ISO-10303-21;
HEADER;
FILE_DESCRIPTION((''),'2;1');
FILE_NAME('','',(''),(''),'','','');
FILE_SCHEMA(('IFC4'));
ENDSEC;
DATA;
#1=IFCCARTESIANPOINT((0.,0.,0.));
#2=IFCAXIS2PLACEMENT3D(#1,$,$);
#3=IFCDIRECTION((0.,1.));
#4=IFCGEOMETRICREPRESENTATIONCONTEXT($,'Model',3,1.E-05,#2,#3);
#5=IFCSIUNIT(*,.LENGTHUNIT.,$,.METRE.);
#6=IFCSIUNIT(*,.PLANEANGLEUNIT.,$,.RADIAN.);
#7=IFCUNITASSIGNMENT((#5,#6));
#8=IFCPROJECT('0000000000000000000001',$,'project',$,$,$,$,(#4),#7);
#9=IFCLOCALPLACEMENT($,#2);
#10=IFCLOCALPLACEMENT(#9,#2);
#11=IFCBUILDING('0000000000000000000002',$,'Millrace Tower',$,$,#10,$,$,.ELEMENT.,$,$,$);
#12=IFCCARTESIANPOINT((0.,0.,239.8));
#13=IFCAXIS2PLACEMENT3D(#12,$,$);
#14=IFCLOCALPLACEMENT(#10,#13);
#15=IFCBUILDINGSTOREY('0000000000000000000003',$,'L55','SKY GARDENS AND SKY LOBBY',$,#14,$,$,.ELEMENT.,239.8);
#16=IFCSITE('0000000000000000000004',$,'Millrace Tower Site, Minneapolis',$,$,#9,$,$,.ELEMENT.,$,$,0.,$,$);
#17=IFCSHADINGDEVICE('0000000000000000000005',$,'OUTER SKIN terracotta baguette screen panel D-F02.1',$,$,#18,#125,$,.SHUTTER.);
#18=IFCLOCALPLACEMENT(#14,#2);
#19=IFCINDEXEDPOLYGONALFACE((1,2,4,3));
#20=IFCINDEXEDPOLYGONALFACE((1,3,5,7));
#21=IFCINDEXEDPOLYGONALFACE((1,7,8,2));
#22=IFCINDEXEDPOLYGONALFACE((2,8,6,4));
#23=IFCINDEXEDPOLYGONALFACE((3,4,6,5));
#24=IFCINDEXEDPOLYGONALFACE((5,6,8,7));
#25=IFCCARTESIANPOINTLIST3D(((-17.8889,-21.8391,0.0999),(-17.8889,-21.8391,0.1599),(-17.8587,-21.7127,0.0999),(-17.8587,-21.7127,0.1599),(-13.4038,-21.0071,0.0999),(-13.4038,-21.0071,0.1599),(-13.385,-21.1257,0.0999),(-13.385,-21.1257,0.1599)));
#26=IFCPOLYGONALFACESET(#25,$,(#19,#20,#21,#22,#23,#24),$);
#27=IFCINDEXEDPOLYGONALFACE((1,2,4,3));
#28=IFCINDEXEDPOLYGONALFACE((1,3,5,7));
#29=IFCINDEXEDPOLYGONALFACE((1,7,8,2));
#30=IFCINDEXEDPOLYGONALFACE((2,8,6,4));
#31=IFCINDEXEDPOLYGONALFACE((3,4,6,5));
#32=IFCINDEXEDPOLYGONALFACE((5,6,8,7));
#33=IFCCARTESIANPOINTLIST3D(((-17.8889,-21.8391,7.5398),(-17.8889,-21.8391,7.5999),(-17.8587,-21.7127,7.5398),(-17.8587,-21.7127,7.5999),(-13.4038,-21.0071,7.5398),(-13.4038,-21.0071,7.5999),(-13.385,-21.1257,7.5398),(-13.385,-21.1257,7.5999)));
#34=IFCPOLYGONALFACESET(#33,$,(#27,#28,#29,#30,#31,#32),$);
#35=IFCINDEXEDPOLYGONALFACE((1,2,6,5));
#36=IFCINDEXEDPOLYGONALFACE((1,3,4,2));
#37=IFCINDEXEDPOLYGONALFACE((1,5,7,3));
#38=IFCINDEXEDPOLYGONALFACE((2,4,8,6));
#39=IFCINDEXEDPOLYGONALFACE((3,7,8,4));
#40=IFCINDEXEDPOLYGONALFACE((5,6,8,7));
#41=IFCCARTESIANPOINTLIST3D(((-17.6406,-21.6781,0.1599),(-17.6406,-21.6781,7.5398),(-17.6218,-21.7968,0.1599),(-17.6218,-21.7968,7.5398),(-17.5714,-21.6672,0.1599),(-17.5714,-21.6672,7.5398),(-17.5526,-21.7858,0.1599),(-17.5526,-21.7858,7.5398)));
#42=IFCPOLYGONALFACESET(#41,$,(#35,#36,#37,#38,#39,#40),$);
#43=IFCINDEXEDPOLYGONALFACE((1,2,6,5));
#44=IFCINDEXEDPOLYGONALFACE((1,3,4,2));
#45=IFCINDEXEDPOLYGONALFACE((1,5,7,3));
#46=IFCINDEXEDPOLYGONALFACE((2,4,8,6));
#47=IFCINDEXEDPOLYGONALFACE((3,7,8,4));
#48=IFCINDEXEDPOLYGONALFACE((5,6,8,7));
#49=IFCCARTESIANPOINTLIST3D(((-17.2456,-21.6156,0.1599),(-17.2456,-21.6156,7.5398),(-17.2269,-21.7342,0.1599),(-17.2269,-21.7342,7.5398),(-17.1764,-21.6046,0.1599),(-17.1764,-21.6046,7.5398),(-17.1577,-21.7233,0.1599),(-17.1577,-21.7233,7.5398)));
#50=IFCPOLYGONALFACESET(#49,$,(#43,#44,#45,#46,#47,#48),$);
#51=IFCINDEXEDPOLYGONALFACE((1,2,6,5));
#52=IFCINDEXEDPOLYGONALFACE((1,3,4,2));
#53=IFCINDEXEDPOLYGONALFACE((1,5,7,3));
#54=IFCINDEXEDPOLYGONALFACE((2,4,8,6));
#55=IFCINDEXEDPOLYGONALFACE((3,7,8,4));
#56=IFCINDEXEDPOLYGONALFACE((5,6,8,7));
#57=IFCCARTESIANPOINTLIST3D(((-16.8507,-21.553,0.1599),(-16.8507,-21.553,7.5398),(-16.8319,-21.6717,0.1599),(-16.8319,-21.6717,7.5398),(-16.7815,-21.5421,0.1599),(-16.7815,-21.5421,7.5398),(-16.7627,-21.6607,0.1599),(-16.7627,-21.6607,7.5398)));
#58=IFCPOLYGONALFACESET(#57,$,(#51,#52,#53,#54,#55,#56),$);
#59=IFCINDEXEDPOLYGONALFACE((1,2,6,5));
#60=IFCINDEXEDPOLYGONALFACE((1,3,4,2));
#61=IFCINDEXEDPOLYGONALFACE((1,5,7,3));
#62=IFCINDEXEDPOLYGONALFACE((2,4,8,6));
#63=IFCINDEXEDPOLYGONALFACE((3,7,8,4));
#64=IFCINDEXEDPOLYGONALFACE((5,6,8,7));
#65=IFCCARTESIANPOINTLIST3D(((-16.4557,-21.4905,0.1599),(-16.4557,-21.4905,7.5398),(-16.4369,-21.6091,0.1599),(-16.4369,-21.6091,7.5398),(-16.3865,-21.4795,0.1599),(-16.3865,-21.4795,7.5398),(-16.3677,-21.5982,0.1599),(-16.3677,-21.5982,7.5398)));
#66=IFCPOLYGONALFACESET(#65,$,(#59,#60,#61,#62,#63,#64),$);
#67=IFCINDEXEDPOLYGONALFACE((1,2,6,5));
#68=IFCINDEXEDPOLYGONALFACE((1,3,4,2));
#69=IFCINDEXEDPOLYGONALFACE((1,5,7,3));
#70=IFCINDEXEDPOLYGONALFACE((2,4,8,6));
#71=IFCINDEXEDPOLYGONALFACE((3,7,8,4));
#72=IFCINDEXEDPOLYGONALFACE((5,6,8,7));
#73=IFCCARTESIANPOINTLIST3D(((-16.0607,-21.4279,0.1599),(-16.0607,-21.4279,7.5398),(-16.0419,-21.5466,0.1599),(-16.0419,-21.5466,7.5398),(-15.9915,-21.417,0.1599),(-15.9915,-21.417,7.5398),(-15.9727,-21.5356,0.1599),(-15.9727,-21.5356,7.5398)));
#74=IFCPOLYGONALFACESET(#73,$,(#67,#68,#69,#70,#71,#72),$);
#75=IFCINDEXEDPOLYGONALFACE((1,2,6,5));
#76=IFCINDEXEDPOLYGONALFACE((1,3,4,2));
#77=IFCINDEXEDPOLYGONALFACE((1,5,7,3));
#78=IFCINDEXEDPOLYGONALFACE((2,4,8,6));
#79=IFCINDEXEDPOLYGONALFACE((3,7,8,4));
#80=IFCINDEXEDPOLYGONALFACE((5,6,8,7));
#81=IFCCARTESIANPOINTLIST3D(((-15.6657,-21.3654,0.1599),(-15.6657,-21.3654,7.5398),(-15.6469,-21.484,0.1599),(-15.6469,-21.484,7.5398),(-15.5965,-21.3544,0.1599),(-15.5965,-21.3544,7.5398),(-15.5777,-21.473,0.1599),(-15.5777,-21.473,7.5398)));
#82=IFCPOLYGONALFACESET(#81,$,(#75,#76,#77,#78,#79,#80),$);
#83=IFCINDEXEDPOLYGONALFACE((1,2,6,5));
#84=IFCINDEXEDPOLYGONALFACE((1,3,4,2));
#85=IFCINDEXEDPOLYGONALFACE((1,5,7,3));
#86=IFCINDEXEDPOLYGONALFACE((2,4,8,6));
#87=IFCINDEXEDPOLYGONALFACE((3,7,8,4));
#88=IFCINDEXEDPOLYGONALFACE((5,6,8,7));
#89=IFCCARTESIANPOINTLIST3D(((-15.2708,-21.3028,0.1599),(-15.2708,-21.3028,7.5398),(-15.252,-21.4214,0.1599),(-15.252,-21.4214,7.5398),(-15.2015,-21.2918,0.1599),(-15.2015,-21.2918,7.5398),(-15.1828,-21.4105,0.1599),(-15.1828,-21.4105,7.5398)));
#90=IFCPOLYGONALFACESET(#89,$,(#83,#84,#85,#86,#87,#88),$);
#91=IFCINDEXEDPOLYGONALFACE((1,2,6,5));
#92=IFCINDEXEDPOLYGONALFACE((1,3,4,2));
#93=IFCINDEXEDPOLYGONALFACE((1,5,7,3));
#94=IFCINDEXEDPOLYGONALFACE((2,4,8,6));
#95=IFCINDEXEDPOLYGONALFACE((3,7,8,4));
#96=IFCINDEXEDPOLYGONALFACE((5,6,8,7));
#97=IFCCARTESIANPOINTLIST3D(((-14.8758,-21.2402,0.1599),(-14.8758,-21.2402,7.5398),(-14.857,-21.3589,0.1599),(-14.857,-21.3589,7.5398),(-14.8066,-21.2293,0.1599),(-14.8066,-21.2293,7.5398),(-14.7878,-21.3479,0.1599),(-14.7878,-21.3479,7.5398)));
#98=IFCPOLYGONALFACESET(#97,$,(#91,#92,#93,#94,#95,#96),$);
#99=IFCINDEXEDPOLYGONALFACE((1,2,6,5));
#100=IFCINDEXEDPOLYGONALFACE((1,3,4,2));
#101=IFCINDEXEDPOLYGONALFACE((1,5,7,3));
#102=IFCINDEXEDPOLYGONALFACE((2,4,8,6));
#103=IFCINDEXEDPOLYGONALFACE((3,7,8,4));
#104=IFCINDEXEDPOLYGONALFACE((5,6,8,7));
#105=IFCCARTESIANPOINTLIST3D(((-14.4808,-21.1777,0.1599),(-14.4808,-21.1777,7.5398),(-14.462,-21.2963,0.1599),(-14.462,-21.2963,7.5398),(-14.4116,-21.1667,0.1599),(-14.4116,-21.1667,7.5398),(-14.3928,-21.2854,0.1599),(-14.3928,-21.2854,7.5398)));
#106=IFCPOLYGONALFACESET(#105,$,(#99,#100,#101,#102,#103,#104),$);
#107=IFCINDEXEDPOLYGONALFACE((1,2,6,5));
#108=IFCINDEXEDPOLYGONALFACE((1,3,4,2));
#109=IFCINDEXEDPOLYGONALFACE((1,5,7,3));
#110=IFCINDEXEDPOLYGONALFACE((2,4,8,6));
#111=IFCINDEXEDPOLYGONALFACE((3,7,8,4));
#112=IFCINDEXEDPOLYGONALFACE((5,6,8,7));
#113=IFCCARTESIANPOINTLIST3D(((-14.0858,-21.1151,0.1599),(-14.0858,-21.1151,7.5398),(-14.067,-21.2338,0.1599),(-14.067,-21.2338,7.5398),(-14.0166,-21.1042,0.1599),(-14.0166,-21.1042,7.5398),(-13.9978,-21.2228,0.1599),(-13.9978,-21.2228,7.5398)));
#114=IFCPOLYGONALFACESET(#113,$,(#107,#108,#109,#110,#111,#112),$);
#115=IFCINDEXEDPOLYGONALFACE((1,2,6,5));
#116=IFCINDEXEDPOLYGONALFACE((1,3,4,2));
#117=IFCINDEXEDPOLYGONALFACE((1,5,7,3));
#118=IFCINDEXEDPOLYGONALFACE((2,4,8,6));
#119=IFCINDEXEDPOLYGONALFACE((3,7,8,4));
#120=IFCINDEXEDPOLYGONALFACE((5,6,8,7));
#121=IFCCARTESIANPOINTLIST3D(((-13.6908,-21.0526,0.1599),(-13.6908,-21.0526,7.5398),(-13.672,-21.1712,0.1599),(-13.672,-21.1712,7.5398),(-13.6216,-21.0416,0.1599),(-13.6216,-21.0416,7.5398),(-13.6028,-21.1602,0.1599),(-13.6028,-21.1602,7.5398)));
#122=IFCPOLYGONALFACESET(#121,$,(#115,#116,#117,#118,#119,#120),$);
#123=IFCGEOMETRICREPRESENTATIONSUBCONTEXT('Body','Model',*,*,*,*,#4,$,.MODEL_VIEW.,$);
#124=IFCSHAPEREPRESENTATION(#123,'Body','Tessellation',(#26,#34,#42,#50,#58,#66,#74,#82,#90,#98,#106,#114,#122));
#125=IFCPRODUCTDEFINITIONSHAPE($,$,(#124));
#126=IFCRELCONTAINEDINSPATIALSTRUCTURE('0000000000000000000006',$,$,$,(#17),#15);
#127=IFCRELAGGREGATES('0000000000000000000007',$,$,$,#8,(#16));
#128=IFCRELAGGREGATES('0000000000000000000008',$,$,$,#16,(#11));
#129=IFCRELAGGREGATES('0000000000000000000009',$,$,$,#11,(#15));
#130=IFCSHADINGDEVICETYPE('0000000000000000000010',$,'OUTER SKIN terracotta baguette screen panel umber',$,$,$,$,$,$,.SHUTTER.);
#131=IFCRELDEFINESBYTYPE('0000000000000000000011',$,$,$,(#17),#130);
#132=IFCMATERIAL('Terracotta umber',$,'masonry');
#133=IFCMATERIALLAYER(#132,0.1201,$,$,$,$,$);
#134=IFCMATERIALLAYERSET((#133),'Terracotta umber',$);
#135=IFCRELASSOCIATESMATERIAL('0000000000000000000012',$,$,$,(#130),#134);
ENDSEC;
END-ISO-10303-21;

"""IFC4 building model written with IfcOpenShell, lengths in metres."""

from ifc_helpers import new_model, entity, si_unit, direction, frame, frame_2d, origin, place, context, subcontext, project, spatial, rectangle, extrude, source, transform, mapped, material, layer, layer_set, type_object, element, save


model = new_model("IFC4")

# Units and contexts
model_context = context("Model", 3, precision=1e-05, world=origin(), true_north=direction((0.0, 1.0)))
body_context = subcontext(model_context, "Body", "Model", "MODEL_VIEW")
ifc_project = project(units=[si_unit("LENGTHUNIT", "METRE"), si_unit("PLANEANGLEUNIT", "RADIAN")], contexts=[model_context])

# Site, building, storey
site_placement = place(None, origin())
site = spatial("IfcSite", under=ifc_project, at=site_placement, Name="Millrace Tower Site, Minneapolis", CompositionType="ELEMENT", RefElevation=0.0)
building_placement = place(site_placement, origin())
building = spatial("IfcBuilding", under=site, at=building_placement, Name="Millrace Tower", CompositionType="ELEMENT")
storey_placement = place(building_placement, frame((0.0, 0.0, 239.8)))
storey = spatial("IfcBuildingStorey", under=building, at=storey_placement, Name="L55", Description="SKY GARDENS AND SKY LOBBY", CompositionType="ELEMENT", Elevation=239.8)

# Shading device
ifc_material_1 = material(Name="Terracotta umber", Category="masonry")
ifc_layer_1 = layer(ifc_material_1, 0.1201)
ifc_layer_set_1 = layer_set([ifc_layer_1], Name="Terracotta umber")
shading_device_type = type_object("IfcShadingDeviceType", Name="OUTER SKIN terracotta baguette screen panel umber", PredefinedType="SHUTTER", material=ifc_layer_set_1)
cartesian_point_1 = entity("IfcCartesianPoint", [-2.2429, 0.0601])
shared_polyline_1 = entity("IfcPolyline", [cartesian_point_1, entity("IfcCartesianPoint", [2.2676, 0.0601]), entity("IfcCartesianPoint", [2.2676, -0.0601]), entity("IfcCartesianPoint", [-2.2925, -0.0601]), cartesian_point_1])
shared_shape_1 = source(origin(), body_context, "Body", "SweptSolid", [
    entity("IfcExtrudedAreaSolid", entity("IfcArbitraryClosedProfileDef", "AREA", None, shared_polyline_1), entity("IfcAxis2Placement3D", entity("IfcCartesianPoint", [0.0, 0.0, 0.0])), entity("IfcDirection", [0.0, 0.0, 1.0]), 0.0601),
    entity("IfcExtrudedAreaSolid", entity("IfcArbitraryClosedProfileDef", "AREA", None, shared_polyline_1), entity("IfcAxis2Placement3D", entity("IfcCartesianPoint", [0.0, 0.0, 7.4399])), entity("IfcDirection", [0.0, 0.0, 1.0]), 0.0601),
    extrude(rectangle(XDim=0.0701, YDim=0.1201, at=frame_2d((-1.9871, 0.0))), frame((0.0, 0.0, 0.0601)), (0.0, 0.0, 1.0), 7.3799),
    extrude(rectangle(XDim=0.0701, YDim=0.1201, at=frame_2d((-1.5872, 0.0))), frame((0.0, 0.0, 0.0601)), (0.0, 0.0, 1.0), 7.3799),
    extrude(rectangle(XDim=0.0701, YDim=0.1201, at=frame_2d((-1.1873, 0.0))), frame((0.0, 0.0, 0.0601)), (0.0, 0.0, 1.0), 7.3799),
    extrude(rectangle(XDim=0.0701, YDim=0.1201, at=frame_2d((-0.7874, 0.0))), frame((0.0, 0.0, 0.0601)), (0.0, 0.0, 1.0), 7.3799),
    extrude(rectangle(XDim=0.0701, YDim=0.1201, at=frame_2d((-0.3875, 0.0))), frame((0.0, 0.0, 0.0601)), (0.0, 0.0, 1.0), 7.3799),
    extrude(rectangle(XDim=0.0701, YDim=0.1201, at=frame_2d((0.0125, 0.0))), frame((0.0, 0.0, 0.0601)), (0.0, 0.0, 1.0), 7.3799),
    extrude(rectangle(XDim=0.0701, YDim=0.1201, at=frame_2d((0.4124, 0.0))), frame((0.0, 0.0, 0.0601)), (0.0, 0.0, 1.0), 7.3799),
    extrude(rectangle(XDim=0.0701, YDim=0.1201, at=frame_2d((0.8123, 0.0))), frame((0.0, 0.0, 0.0601)), (0.0, 0.0, 1.0), 7.3799),
    extrude(rectangle(XDim=0.0701, YDim=0.1201, at=frame_2d((1.2122, 0.0))), frame((0.0, 0.0, 0.0601)), (0.0, 0.0, 1.0), 7.3799),
    extrude(rectangle(XDim=0.0701, YDim=0.1201, at=frame_2d((1.6121, 0.0))), frame((0.0, 0.0, 0.0601)), (0.0, 0.0, 1.0), 7.3799),
    extrude(rectangle(XDim=0.0701, YDim=0.1201, at=frame_2d((2.012, 0.0))), frame((0.0, 0.0, 0.0601)), (0.0, 0.0, 1.0), 7.3799),
])
shading_device_1_placement = place(storey_placement, frame((-15.634, -21.4211, 0.0999), z_axis=(0.0, 0.0, 1.0), x_axis=(0.987688, 0.156434, 0.0)))
element("IfcShadingDevice", 1, at=shading_device_1_placement, inside=storey, type_object=shading_device_type, Name="OUTER SKIN terracotta baguette screen panel D-F02.1", PredefinedType="SHUTTER", context=body_context, shape_type="MappedRepresentation", body=[
    mapped(shared_shape_1, transform((0.0, 0.0, 0.0), scale=1.0)),
])

save(model, "model.ifc")
